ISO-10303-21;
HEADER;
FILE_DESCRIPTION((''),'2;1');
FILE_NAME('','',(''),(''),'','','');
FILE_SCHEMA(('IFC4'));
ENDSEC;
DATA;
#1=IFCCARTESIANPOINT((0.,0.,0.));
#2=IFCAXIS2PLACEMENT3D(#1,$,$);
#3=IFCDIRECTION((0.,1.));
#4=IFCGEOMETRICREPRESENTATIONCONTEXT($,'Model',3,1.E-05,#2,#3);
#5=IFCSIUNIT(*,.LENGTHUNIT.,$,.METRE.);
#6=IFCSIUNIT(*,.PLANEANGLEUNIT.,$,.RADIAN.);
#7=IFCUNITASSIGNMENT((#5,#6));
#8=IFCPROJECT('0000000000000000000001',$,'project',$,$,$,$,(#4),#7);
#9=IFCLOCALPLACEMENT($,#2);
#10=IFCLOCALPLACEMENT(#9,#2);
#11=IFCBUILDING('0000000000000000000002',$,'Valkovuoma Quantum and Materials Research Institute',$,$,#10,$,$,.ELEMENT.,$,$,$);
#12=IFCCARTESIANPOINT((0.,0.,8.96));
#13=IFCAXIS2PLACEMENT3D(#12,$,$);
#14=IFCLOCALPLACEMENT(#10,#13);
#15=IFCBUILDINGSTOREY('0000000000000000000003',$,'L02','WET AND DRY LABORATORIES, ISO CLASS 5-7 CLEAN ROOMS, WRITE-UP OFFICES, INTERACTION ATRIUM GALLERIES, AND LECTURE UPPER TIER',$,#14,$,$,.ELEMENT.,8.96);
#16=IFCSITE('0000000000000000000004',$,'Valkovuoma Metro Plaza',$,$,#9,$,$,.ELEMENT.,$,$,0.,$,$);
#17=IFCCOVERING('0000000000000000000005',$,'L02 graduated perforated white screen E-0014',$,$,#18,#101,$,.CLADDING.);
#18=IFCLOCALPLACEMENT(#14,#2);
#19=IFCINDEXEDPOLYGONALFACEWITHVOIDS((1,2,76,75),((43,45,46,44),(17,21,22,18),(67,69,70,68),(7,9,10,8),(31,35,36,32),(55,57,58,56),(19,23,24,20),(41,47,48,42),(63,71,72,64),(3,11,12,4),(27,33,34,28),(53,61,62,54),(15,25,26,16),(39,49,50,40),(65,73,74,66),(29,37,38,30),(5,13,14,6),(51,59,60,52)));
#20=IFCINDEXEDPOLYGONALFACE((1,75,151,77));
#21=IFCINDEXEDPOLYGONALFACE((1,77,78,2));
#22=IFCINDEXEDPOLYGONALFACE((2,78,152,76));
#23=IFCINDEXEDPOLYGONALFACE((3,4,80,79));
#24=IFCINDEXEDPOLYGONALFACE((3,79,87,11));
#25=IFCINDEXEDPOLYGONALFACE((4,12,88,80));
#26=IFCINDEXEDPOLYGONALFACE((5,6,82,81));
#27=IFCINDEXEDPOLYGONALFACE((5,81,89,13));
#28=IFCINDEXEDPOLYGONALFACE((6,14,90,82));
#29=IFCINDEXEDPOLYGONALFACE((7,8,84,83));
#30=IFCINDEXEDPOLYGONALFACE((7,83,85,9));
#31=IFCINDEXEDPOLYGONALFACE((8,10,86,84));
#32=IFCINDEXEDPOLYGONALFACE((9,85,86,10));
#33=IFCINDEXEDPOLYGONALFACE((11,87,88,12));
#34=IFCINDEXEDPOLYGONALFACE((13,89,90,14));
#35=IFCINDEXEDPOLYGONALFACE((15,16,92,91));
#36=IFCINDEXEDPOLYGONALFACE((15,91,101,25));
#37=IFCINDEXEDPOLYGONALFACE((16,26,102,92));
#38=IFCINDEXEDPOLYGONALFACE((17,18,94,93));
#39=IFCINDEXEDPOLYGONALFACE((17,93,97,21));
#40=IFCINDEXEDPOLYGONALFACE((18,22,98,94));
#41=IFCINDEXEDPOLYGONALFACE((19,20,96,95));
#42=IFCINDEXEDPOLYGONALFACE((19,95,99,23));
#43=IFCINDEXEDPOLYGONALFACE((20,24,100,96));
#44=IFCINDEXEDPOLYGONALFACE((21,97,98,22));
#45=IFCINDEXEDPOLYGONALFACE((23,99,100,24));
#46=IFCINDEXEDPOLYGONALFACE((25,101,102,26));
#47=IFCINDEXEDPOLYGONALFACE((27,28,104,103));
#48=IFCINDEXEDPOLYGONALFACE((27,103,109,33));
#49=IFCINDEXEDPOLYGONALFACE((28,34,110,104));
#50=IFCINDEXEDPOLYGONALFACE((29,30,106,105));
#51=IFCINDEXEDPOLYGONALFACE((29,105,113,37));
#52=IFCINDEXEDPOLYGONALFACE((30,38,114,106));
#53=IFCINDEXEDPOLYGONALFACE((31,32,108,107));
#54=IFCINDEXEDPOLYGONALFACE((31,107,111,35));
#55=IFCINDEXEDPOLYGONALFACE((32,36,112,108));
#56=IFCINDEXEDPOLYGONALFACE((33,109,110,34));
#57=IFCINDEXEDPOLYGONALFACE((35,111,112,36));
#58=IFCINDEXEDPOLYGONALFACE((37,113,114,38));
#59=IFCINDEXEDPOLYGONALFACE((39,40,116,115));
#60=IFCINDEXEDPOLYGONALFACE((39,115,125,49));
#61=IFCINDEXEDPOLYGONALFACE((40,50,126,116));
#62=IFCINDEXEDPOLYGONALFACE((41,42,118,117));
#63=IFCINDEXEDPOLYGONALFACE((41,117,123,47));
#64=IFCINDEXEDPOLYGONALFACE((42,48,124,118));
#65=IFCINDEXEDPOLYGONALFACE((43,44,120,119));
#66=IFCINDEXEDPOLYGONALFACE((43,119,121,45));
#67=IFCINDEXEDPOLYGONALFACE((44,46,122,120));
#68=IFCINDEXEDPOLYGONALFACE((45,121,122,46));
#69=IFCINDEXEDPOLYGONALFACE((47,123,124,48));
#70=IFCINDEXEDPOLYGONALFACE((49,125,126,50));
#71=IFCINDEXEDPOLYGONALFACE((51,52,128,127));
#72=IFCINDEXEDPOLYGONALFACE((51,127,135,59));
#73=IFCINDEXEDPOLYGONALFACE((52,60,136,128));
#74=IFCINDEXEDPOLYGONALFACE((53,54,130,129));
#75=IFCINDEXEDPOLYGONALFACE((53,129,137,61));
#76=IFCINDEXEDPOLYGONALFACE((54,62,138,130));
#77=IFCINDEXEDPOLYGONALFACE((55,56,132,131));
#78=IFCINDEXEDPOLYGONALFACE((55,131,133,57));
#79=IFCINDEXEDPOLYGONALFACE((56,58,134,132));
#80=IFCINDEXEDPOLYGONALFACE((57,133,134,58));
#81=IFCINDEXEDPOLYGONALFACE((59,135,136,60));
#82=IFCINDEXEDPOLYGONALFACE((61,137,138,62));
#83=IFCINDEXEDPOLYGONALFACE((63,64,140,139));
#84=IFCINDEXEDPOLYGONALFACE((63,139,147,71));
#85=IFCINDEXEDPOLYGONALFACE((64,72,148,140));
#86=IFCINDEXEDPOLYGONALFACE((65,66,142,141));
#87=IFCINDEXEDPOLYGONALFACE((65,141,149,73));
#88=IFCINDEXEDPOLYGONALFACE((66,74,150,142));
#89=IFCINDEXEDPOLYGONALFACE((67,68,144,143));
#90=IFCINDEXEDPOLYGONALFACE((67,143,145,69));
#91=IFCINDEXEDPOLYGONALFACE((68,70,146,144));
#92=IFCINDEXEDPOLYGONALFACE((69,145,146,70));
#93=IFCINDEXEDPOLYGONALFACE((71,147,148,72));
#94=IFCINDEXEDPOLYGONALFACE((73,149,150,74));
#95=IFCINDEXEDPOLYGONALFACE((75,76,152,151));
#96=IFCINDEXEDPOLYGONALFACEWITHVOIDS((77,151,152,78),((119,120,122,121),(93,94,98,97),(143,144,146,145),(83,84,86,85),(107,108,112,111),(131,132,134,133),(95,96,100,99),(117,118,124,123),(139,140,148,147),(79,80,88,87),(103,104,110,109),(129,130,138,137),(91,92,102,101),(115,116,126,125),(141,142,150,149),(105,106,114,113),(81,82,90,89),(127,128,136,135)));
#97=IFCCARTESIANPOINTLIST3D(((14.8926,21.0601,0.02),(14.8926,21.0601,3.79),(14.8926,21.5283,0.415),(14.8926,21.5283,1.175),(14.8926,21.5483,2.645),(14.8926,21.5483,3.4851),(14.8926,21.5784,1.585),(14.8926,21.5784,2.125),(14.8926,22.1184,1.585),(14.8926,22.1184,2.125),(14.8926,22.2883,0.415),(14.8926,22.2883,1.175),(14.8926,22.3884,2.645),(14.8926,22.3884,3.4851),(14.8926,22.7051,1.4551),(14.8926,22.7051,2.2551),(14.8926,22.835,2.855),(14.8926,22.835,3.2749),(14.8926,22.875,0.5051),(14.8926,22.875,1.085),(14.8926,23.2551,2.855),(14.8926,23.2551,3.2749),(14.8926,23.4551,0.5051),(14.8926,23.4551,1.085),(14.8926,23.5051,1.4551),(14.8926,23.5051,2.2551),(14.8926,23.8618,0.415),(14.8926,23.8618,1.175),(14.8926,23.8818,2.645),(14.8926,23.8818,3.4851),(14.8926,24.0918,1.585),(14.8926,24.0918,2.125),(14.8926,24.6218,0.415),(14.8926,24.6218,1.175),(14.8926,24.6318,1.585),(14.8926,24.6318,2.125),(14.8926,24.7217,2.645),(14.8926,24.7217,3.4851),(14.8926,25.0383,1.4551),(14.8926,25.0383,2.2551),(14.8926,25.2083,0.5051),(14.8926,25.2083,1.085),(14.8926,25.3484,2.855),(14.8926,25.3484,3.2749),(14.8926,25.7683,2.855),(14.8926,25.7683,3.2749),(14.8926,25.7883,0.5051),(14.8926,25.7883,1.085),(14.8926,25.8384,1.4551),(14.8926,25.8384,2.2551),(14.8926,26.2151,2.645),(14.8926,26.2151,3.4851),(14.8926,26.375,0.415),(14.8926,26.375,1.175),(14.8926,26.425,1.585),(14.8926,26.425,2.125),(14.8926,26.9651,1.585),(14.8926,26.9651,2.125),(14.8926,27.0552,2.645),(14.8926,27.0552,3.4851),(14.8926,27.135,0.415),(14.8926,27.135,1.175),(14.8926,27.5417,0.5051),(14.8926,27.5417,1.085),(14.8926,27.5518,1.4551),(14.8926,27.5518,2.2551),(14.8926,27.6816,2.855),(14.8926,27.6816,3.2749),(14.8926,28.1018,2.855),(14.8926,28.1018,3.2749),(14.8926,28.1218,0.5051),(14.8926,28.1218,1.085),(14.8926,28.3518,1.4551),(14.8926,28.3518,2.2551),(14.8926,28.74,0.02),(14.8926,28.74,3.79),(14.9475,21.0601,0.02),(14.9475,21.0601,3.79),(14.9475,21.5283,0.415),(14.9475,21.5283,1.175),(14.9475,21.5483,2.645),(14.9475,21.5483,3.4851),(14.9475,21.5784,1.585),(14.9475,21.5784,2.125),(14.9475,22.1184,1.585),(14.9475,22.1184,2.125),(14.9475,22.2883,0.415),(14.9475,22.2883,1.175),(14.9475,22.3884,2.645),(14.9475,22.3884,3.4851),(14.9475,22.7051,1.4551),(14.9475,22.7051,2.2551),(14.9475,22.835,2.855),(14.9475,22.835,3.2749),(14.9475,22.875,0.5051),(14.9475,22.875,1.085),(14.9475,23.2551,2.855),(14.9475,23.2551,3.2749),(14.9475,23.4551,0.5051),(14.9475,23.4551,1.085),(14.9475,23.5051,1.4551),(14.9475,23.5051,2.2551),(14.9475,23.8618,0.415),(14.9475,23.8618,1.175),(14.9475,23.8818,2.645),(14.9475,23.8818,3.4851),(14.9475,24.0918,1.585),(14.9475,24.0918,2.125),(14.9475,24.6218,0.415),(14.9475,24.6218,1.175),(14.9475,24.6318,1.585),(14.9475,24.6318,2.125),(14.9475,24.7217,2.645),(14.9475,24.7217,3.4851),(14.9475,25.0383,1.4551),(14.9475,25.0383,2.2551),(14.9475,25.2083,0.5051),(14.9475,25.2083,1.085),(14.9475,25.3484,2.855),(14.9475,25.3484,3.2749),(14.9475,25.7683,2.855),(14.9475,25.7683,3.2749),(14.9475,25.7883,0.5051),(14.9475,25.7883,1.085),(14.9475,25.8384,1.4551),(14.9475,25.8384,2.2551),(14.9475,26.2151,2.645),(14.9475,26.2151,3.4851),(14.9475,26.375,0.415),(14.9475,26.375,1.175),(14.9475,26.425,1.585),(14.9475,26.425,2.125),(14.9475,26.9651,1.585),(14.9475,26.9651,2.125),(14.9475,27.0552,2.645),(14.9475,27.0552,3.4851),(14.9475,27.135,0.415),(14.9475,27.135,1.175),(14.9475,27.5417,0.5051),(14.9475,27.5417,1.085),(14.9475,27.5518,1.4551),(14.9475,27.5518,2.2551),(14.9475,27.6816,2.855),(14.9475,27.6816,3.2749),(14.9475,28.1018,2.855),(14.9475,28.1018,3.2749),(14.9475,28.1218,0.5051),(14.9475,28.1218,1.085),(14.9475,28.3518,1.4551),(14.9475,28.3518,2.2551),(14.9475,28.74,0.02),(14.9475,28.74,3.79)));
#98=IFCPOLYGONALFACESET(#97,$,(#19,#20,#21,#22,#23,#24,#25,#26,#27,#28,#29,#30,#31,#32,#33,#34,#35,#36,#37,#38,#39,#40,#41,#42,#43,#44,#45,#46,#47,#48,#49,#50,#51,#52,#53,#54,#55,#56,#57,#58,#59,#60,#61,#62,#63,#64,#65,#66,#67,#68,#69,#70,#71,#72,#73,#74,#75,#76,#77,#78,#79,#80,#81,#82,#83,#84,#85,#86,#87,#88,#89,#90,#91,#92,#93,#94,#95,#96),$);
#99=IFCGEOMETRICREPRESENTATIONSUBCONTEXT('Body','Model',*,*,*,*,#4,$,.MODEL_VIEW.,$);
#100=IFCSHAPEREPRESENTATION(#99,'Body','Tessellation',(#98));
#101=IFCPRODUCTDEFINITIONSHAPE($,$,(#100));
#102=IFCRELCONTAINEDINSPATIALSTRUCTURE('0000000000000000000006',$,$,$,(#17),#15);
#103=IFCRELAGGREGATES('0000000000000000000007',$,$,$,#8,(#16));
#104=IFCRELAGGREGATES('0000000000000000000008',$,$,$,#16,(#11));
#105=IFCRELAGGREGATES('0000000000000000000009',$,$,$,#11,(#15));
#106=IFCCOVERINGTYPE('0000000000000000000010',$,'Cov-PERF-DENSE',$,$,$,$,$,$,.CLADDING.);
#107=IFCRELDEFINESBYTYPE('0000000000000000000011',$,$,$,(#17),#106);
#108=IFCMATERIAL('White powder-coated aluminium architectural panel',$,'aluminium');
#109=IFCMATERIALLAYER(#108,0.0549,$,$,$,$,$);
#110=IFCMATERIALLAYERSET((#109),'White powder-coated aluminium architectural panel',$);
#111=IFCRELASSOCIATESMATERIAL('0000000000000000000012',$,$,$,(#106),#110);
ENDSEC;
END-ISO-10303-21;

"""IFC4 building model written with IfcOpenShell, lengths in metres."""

from ifc_helpers import new_model, si_unit, direction, frame, origin, place, context, subcontext, project, spatial, polyline, outline, extrude, material, layer, layer_set, type_object, element, save


model = new_model("IFC4")

# Units and contexts
model_context = context("Model", 3, precision=1e-05, world=origin(), true_north=direction((0.0, 1.0)))
body_context = subcontext(model_context, "Body", "Model", "MODEL_VIEW")
ifc_project = project(units=[si_unit("LENGTHUNIT", "METRE"), si_unit("PLANEANGLEUNIT", "RADIAN")], contexts=[model_context])

# Site, building, storey
site_placement = place(None, origin())
site = spatial("IfcSite", under=ifc_project, at=site_placement, Name="Valkovuoma Metro Plaza", CompositionType="ELEMENT", RefElevation=0.0)
building_placement = place(site_placement, origin())
building = spatial("IfcBuilding", under=site, at=building_placement, Name="Valkovuoma Quantum and Materials Research Institute", CompositionType="ELEMENT")
storey_placement = place(building_placement, frame((0.0, 0.0, 8.96)))
storey = spatial("IfcBuildingStorey", under=building, at=storey_placement, Name="L02", Description="WET AND DRY LABORATORIES, ISO CLASS 5-7 CLEAN ROOMS, WRITE-UP OFFICES, INTERACTION ATRIUM GALLERIES, AND LECTURE UPPER TIER", CompositionType="ELEMENT", Elevation=8.96)

# Covering
ifc_material_1 = material(Name="White powder-coated aluminium architectural panel", Category="aluminium")
ifc_layer_1 = layer(ifc_material_1, 0.0549)
ifc_layer_set_1 = layer_set([ifc_layer_1], Name="White powder-coated aluminium architectural panel")
covering_type = type_object("IfcCoveringType", Name="Cov-PERF-DENSE", PredefinedType="CLADDING", material=ifc_layer_set_1)
covering_1_placement = place(storey_placement, frame((14.9199, 21.0601, 0.02), z_axis=(0.0, 0.0, 1.0), x_axis=(0.0, 1.0, 0.0)))
element("IfcCovering", 1, at=covering_1_placement, inside=storey, type_object=covering_type, Name="L02 graduated perforated white screen E-0014", PredefinedType="CLADDING", context=body_context, shape_type="SweptSolid", body=[
    extrude(outline(polyline([(0.0, 0.0), (7.6799, 0.0), (7.6799, 3.77), (0.0, 3.77), (0.0, 0.0)]), holes=[polyline([(0.4683, 0.395), (0.4683, 1.155), (1.2283, 1.155), (1.2283, 0.395), (0.4683, 0.395)]), polyline([(0.5183, 1.5649), (0.5183, 2.105), (1.0583, 2.105), (1.0583, 1.5649), (0.5183, 1.5649)]), polyline([(0.4883, 2.625), (0.4883, 3.4651), (1.3284, 3.4651), (1.3284, 2.625), (0.4883, 2.625)]), polyline([(1.8149, 0.4851), (1.8149, 1.0649), (2.395, 1.0649), (2.395, 0.4851), (1.8149, 0.4851)]), polyline([(1.645, 1.4351), (1.645, 2.2351), (2.4451, 2.2351), (2.4451, 1.4351), (1.645, 1.4351)]), polyline([(1.7749, 2.835), (1.7749, 3.2549), (2.1951, 3.2549), (2.1951, 2.835), (1.7749, 2.835)]), polyline([(2.8018, 0.395), (2.8018, 1.155), (3.5618, 1.155), (3.5618, 0.395), (2.8018, 0.395)]), polyline([(3.0317, 1.5649), (3.0317, 2.105), (3.5718, 2.105), (3.5718, 1.5649), (3.0317, 1.5649)]), polyline([(2.8218, 2.625), (2.8218, 3.4651), (3.6616, 3.4651), (3.6616, 2.625), (2.8218, 2.625)]), polyline([(4.1482, 0.4851), (4.1482, 1.0649), (4.7283, 1.0649), (4.7283, 0.4851), (4.1482, 0.4851)]), polyline([(3.9783, 1.4351), (3.9783, 2.2351), (4.7783, 2.2351), (4.7783, 1.4351), (3.9783, 1.4351)]), polyline([(4.2883, 2.835), (4.2883, 3.2549), (4.7083, 3.2549), (4.7083, 2.835), (4.2883, 2.835)]), polyline([(5.3149, 0.395), (5.3149, 1.155), (6.075, 1.155), (6.075, 0.395), (5.3149, 0.395)]), polyline([(5.365, 1.5649), (5.365, 2.105), (5.905, 2.105), (5.905, 1.5649), (5.365, 1.5649)]), polyline([(5.155, 2.625), (5.155, 3.4651), (5.9951, 3.4651), (5.9951, 2.625), (5.155, 2.625)]), polyline([(6.4817, 0.4851), (6.4817, 1.0649), (7.0618, 1.0649), (7.0618, 0.4851), (6.4817, 0.4851)]), polyline([(6.4917, 1.4351), (6.4917, 2.2351), (7.2917, 2.2351), (7.2917, 1.4351), (6.4917, 1.4351)]), polyline([(6.6216, 2.835), (6.6216, 3.2549), (7.0417, 3.2549), (7.0417, 2.835), (6.6216, 2.835)])]), frame((0.0, 0.0273, 0.0), z_axis=(0.0, -1.0, 0.0), x_axis=(1.0, 0.0, 0.0)), (0.0, 0.0, 1.0), 0.0549),
])

save(model, "model.ifc")
